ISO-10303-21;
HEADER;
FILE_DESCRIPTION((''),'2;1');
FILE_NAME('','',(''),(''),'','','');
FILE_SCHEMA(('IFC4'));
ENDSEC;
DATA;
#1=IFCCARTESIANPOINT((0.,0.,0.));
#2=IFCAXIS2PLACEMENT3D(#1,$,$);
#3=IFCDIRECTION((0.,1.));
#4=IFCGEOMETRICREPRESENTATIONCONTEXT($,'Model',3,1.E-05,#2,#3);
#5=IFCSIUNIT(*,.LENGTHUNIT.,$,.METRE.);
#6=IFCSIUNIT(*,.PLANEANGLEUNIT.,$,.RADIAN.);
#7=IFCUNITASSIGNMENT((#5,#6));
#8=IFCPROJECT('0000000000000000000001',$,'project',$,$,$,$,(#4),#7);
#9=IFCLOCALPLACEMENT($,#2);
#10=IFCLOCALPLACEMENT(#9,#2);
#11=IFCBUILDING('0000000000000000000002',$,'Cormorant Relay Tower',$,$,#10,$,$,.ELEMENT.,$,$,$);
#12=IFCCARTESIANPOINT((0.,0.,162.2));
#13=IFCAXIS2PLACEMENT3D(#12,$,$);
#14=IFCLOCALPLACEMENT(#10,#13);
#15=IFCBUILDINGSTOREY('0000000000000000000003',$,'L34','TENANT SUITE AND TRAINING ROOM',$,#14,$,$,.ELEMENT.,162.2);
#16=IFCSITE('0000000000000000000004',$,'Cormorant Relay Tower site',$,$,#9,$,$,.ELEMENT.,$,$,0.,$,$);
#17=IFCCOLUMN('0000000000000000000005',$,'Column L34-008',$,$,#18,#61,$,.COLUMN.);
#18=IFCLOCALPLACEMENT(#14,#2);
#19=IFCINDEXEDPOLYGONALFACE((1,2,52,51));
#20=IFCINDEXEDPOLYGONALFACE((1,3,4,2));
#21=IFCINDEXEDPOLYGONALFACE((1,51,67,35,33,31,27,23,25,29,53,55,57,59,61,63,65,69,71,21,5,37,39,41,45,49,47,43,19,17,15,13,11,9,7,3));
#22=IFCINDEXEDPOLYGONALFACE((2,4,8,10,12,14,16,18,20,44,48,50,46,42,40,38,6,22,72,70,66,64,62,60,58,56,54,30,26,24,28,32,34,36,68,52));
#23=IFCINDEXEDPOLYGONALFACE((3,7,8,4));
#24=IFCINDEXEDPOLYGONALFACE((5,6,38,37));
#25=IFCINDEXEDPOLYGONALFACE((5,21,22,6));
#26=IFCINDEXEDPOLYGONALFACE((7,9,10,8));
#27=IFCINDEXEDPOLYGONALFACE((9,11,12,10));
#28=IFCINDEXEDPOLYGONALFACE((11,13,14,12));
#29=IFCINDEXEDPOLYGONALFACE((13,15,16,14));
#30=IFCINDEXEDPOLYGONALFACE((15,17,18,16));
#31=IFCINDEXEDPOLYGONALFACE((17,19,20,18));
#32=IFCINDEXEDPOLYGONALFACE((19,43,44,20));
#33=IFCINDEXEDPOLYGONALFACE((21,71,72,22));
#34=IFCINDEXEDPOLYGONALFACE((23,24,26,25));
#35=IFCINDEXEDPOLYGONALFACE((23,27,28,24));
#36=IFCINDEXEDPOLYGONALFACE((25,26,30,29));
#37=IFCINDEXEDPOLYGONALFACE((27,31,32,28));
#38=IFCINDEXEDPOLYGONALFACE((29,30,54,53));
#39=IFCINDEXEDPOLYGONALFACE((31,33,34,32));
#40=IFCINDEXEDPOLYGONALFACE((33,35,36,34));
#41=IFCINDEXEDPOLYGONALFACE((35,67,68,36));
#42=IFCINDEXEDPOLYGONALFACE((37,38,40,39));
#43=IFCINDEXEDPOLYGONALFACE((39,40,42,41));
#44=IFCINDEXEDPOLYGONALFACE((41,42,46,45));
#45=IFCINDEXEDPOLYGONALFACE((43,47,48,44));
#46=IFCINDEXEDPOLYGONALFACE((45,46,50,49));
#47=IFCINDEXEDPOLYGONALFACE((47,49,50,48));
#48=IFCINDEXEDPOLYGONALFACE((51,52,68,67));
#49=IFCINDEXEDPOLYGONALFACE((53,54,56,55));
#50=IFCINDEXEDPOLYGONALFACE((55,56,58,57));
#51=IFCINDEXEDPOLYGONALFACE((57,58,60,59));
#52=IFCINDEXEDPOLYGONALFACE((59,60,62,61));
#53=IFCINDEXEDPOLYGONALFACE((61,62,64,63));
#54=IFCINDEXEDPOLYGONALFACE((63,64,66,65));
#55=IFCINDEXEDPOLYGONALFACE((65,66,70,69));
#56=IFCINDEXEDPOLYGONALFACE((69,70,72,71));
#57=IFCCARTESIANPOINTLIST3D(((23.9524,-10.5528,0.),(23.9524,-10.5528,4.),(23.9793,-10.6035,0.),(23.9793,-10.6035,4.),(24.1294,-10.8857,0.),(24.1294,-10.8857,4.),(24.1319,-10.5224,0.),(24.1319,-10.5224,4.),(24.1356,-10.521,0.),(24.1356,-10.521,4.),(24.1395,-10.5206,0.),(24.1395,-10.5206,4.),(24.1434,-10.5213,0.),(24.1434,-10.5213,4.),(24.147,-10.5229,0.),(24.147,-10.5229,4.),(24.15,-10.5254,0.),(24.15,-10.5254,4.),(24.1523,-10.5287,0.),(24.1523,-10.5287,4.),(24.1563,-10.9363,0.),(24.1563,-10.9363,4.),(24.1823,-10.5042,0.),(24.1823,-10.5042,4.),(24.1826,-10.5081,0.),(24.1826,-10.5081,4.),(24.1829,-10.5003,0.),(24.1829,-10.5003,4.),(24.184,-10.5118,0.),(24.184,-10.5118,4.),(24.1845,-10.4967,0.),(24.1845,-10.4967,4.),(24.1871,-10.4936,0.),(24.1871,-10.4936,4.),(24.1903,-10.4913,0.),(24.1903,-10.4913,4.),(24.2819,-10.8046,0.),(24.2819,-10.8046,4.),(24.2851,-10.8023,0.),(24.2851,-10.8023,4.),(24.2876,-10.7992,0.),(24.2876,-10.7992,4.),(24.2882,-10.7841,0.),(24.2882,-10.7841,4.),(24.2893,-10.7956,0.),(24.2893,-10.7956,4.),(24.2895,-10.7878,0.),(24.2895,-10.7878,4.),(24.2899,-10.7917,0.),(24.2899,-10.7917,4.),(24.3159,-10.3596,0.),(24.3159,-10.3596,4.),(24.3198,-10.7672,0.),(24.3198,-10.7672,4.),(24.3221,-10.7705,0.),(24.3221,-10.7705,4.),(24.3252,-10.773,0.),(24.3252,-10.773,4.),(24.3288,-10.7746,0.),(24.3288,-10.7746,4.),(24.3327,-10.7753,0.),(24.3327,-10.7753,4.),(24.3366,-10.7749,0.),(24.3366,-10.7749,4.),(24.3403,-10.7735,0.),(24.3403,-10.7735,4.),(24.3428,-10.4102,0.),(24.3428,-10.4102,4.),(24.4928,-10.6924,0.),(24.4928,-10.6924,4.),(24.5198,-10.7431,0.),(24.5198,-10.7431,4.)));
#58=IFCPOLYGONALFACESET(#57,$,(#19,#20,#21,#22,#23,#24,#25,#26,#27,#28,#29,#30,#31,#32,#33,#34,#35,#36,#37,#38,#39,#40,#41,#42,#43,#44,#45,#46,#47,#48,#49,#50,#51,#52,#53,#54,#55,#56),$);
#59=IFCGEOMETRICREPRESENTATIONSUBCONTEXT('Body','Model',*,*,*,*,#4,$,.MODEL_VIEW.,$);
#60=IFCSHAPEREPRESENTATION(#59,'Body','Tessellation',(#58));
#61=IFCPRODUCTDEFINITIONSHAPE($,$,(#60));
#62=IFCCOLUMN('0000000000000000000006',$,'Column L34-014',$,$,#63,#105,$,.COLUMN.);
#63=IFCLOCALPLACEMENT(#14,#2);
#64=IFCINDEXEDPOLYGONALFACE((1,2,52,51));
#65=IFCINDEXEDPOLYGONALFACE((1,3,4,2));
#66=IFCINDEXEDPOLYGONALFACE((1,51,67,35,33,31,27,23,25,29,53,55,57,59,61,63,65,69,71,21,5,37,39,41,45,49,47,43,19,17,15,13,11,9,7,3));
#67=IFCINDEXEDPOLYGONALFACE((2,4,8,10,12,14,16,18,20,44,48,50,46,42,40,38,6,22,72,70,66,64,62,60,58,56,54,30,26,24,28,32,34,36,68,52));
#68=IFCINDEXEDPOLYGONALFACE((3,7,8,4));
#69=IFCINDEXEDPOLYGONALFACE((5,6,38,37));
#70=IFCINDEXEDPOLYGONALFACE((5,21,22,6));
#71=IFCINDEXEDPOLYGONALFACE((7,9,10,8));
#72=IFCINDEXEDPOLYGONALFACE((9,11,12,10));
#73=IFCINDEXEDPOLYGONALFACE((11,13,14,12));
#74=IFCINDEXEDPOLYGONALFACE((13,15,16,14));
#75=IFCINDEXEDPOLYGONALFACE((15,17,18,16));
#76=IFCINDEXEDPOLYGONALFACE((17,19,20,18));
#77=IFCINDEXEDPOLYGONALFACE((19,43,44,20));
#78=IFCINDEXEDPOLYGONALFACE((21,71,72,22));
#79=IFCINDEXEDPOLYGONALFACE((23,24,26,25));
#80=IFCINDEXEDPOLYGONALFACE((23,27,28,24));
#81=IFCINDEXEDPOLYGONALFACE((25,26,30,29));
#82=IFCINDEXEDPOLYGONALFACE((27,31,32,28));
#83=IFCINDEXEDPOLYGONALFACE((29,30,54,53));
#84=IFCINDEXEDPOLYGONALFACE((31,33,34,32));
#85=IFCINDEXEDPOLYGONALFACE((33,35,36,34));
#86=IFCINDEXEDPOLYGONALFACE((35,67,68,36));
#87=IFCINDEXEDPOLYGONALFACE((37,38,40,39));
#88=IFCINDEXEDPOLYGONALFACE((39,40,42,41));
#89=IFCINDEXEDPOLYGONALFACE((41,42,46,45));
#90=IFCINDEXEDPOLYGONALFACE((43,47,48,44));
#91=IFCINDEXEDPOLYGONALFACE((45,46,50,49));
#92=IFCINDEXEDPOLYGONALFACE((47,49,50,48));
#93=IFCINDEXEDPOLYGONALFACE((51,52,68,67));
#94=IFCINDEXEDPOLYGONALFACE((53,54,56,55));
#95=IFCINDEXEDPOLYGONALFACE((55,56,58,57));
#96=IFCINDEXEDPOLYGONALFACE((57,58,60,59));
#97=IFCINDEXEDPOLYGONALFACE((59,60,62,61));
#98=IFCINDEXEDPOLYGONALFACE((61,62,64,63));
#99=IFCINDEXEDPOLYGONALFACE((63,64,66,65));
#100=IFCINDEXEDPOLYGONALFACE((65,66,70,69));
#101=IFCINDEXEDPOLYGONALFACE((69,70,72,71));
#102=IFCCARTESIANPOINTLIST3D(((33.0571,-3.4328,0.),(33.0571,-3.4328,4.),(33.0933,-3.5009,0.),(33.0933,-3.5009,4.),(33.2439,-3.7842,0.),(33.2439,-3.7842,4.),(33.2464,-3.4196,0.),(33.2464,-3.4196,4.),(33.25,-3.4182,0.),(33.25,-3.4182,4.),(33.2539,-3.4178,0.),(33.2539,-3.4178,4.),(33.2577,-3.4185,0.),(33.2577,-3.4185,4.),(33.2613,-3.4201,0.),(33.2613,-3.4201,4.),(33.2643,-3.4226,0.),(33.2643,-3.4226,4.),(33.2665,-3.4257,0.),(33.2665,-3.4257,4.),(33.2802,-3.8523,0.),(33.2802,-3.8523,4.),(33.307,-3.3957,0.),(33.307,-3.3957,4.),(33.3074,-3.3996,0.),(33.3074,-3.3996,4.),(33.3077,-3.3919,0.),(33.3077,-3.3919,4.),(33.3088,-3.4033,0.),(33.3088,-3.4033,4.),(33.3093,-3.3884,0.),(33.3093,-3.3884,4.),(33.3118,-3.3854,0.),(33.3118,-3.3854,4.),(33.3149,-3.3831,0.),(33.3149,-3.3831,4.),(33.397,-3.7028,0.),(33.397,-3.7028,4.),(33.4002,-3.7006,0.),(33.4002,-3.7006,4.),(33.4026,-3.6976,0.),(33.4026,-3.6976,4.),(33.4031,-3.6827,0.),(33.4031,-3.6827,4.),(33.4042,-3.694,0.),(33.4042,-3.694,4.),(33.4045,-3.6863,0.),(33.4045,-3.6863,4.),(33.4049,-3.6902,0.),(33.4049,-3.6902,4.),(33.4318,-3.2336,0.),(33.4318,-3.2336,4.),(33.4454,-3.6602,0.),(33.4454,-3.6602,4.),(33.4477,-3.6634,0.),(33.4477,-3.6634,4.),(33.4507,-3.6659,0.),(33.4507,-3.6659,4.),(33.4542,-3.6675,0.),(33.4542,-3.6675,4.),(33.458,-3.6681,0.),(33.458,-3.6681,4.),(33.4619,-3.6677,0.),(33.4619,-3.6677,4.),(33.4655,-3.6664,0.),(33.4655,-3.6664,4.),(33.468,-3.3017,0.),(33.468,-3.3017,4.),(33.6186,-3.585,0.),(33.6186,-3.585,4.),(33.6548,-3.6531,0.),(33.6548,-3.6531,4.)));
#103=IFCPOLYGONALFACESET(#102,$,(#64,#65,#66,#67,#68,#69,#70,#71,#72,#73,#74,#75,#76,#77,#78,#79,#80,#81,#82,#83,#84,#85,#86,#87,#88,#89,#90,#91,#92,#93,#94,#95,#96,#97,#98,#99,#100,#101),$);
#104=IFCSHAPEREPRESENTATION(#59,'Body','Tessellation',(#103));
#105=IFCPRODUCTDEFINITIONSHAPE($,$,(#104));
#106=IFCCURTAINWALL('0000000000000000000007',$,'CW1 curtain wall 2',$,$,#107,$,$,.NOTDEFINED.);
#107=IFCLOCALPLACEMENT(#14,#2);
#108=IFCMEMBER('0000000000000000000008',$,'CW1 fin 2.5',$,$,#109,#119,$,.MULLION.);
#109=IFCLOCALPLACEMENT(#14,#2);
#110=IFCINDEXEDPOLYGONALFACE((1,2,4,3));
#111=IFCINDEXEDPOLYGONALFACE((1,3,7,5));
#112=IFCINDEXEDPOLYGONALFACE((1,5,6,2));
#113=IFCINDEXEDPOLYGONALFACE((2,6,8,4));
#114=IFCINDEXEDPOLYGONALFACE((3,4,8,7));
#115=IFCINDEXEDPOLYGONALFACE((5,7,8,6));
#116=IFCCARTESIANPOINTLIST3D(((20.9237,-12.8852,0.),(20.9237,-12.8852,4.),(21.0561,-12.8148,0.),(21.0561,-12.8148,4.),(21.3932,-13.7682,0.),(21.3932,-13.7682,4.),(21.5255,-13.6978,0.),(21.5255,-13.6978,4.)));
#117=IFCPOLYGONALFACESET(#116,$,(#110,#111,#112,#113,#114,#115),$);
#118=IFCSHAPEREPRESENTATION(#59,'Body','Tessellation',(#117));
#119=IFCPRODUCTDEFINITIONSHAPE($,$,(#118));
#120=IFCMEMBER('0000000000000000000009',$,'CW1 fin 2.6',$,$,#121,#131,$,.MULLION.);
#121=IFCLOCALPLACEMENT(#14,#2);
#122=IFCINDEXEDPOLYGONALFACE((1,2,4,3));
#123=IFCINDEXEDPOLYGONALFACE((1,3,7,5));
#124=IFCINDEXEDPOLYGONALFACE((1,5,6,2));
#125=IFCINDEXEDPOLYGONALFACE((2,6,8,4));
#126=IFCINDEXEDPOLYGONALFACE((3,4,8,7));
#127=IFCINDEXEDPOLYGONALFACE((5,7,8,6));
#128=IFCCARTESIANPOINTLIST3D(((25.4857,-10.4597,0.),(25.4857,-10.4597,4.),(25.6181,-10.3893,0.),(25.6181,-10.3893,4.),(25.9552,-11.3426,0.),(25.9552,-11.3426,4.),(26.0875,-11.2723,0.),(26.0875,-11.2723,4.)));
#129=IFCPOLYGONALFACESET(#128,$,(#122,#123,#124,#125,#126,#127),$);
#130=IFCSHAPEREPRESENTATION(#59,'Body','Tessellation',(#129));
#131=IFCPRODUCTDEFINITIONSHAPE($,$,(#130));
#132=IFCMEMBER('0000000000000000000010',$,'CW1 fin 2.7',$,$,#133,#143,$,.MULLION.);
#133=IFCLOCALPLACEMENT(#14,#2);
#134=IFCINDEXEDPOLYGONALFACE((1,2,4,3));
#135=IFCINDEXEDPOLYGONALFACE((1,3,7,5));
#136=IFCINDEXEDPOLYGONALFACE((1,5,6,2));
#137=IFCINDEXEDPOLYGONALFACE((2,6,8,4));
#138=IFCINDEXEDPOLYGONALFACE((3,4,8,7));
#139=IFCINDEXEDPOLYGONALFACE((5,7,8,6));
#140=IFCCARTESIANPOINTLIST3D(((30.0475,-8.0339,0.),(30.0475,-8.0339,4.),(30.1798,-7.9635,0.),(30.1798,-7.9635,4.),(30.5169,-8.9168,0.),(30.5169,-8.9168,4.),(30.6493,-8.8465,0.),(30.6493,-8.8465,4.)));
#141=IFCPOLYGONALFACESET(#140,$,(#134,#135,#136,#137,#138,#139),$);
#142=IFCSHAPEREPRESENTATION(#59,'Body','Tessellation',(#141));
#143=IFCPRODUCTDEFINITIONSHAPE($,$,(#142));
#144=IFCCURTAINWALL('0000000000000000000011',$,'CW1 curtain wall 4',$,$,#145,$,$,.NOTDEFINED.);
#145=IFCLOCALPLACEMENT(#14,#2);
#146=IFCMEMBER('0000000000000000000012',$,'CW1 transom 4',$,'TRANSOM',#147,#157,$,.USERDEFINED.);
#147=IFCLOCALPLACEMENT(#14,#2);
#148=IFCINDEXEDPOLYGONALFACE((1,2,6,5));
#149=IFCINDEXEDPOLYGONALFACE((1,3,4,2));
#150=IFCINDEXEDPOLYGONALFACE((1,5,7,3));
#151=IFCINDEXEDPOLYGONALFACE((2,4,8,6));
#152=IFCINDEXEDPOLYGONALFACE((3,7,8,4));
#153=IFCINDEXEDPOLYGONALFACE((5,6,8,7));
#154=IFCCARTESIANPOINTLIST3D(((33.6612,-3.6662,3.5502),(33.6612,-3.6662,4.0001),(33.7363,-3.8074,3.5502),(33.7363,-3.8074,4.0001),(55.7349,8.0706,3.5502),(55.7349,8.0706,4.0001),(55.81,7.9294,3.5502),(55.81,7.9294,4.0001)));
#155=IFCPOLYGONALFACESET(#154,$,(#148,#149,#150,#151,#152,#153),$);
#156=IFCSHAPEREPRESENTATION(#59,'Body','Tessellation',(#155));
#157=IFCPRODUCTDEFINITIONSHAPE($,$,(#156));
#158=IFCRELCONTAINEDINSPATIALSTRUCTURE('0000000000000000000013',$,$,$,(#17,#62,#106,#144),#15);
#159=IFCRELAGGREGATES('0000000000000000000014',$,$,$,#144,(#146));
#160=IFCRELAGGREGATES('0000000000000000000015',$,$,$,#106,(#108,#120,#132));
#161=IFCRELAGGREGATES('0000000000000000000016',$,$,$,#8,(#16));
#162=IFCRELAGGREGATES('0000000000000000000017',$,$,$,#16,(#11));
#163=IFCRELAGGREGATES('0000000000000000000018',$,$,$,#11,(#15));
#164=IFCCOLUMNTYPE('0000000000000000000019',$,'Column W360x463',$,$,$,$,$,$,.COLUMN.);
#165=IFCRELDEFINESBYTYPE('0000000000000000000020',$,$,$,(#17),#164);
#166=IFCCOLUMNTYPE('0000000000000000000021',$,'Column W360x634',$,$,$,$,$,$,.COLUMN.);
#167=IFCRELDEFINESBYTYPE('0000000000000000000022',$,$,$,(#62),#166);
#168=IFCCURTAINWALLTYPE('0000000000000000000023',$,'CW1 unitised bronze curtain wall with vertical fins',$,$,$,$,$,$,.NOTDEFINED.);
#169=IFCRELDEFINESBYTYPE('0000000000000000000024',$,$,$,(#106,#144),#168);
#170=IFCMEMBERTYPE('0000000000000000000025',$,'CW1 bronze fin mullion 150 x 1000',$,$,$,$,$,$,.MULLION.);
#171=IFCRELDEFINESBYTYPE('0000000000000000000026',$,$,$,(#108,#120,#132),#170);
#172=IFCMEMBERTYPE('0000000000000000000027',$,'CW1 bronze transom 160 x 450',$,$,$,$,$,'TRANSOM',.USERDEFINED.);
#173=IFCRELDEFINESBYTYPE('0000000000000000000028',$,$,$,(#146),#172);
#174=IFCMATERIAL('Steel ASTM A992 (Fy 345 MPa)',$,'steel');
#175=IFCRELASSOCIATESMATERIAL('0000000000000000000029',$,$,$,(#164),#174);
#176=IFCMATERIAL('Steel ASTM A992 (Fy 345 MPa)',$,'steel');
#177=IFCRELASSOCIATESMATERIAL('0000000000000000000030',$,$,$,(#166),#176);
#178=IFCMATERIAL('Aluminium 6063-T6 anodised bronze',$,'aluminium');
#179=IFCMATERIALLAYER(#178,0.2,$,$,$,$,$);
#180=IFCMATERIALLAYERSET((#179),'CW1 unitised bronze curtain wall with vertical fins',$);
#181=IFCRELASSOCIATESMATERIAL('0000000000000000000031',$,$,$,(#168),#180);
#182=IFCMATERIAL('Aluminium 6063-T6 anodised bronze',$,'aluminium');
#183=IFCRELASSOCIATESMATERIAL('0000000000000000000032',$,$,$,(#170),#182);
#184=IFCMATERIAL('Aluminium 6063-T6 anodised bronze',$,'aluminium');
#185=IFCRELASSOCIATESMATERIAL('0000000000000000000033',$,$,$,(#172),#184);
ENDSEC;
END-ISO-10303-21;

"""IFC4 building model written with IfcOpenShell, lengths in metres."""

from ifc_helpers import new_model, si_unit, direction, frame, origin, origin_2d, place, context, subcontext, project, spatial, rectangle, i_section, extrude, material, layer, layer_set, material_profile, profile_set, type_object, element, aggregate, save


model = new_model("IFC4")

# Units and contexts
model_context = context("Model", 3, precision=1e-05, world=origin(), true_north=direction((0.0, 1.0)))
body_context = subcontext(model_context, "Body", "Model", "MODEL_VIEW")
ifc_project = project(units=[si_unit("LENGTHUNIT", "METRE"), si_unit("PLANEANGLEUNIT", "RADIAN")], contexts=[model_context])

# Site, building, storey
site_placement = place(None, origin())
site = spatial("IfcSite", under=ifc_project, at=site_placement, Name="Cormorant Relay Tower site", CompositionType="ELEMENT", RefElevation=0.0)
building_placement = place(site_placement, origin())
building = spatial("IfcBuilding", under=site, at=building_placement, Name="Cormorant Relay Tower", CompositionType="ELEMENT")
storey_placement = place(building_placement, frame((0.0, 0.0, 162.2)))
storey = spatial("IfcBuildingStorey", under=building, at=storey_placement, Name="L34", Description="TENANT SUITE AND TRAINING ROOM", CompositionType="ELEMENT", Elevation=162.2)

# Columns
ifc_material_1 = material(Name="Steel ASTM A992 (Fy 345 MPa)", Category="steel")
ifc_material_profile_1 = material_profile(ifc_material_1, i_section(OverallWidth=0.4116, OverallDepth=0.4343, WebThickness=0.0359, FlangeThickness=0.0574, FilletRadius=0.0151, at=origin_2d()), Name="W360x463")
ifc_profile_set_1 = profile_set([ifc_material_profile_1], Name="Steel ASTM A992 (Fy 345 MPa)")
column_type_1 = type_object("IfcColumnType", Name="Column W360x463", PredefinedType="COLUMN", material=ifc_profile_set_1)
column_1_placement = place(storey_placement, frame((24.2361, -10.6479, 0.0), z_axis=(0.0, 0.0, 1.0), x_axis=(0.882948, 0.469472, 0.0)))
element("IfcColumn", 1, at=column_1_placement, inside=storey, type_object=column_type_1, Name="Column L34-008", PredefinedType="COLUMN", context=body_context, shape_type="SweptSolid", body=[
    extrude(i_section(OverallWidth=0.4116, OverallDepth=0.4343, WebThickness=0.0359, FlangeThickness=0.0574, FilletRadius=0.0151, at=origin_2d()), origin(), (0.0, 0.0, 1.0), 4.0),
])
ifc_material_2 = material(Name="Steel ASTM A992 (Fy 345 MPa)", Category="steel")
ifc_material_profile_2 = material_profile(ifc_material_2, i_section(OverallWidth=0.4243, OverallDepth=0.4751, WebThickness=0.0479, FlangeThickness=0.0771, FilletRadius=0.0149, at=origin_2d()), Name="W360x634")
ifc_profile_set_2 = profile_set([ifc_material_profile_2], Name="Steel ASTM A992 (Fy 345 MPa)")
column_type_2 = type_object("IfcColumnType", Name="Column W360x634", PredefinedType="COLUMN", material=ifc_profile_set_2)
column_2_placement = place(storey_placement, frame((33.356, -3.543, 0.0), z_axis=(0.0, 0.0, 1.0), x_axis=(0.882948, 0.469472, 0.0)))
element("IfcColumn", 2, at=column_2_placement, inside=storey, type_object=column_type_2, Name="Column L34-014", PredefinedType="COLUMN", context=body_context, shape_type="SweptSolid", body=[
    extrude(i_section(OverallWidth=0.4243, OverallDepth=0.4751, WebThickness=0.0479, FlangeThickness=0.0771, FilletRadius=0.0149, at=origin_2d()), origin(), (0.0, 0.0, 1.0), 4.0),
])

# Curtain wall, members
ifc_material_3 = material(Name="Aluminium 6063-T6 anodised bronze", Category="aluminium")
ifc_layer_1 = layer(ifc_material_3, 0.2)
ifc_layer_set_1 = layer_set([ifc_layer_1], Name="CW1 unitised bronze curtain wall with vertical fins")
curtain_wall_type = type_object("IfcCurtainWallType", Name="CW1 unitised bronze curtain wall with vertical fins", PredefinedType="NOTDEFINED", material=ifc_layer_set_1)
curtain_wall_1_placement = place(storey_placement, origin())
curtain_wall_1 = element("IfcCurtainWall", 3, at=curtain_wall_1_placement, inside=storey, type_object=curtain_wall_type, Name="CW1 curtain wall 2", PredefinedType="NOTDEFINED")
ifc_material_4 = material(Name="Aluminium 6063-T6 anodised bronze", Category="aluminium")
ifc_material_profile_3 = material_profile(ifc_material_4, rectangle(XDim=0.1499, YDim=1.0, at=origin_2d()), Name="AL 150x1000")
ifc_profile_set_3 = profile_set([ifc_material_profile_3], Name="Aluminium 6063-T6 anodised bronze")
member_type_1 = type_object("IfcMemberType", Name="CW1 bronze fin mullion 150 x 1000", PredefinedType="MULLION", material=ifc_profile_set_3)
member_1_placement = place(storey_placement, frame((21.2246, -13.2915, 0.0), z_axis=(0.0, 0.0, 1.0), x_axis=(0.882948, 0.469472, 0.0)))
member_1 = element("IfcMember", 4, at=member_1_placement, type_object=member_type_1, Name="CW1 fin 2.5", PredefinedType="MULLION", context=body_context, shape_type="SweptSolid", body=[
    extrude(rectangle(XDim=0.1499, YDim=1.0, at=origin_2d()), origin(), (0.0, 0.0, 1.0), 4.0),
])
member_2_placement = place(storey_placement, frame((25.7866, -10.866, 0.0), z_axis=(0.0, 0.0, 1.0), x_axis=(0.882948, 0.469472, 0.0)))
member_2 = element("IfcMember", 5, at=member_2_placement, type_object=member_type_1, Name="CW1 fin 2.6", PredefinedType="MULLION", context=body_context, shape_type="SweptSolid", body=[
    extrude(rectangle(XDim=0.1499, YDim=1.0, at=origin_2d()), origin(), (0.0, 0.0, 1.0), 4.0),
])
member_3_placement = place(storey_placement, frame((30.3484, -8.4402, 0.0), z_axis=(0.0, 0.0, 1.0), x_axis=(0.882948, 0.469472, 0.0)))
member_3 = element("IfcMember", 6, at=member_3_placement, type_object=member_type_1, Name="CW1 fin 2.7", PredefinedType="MULLION", context=body_context, shape_type="SweptSolid", body=[
    extrude(rectangle(XDim=0.1499, YDim=1.0, at=origin_2d()), origin(), (0.0, 0.0, 1.0), 4.0),
])

# Curtain wall, member
curtain_wall_2_placement = place(storey_placement, origin())
curtain_wall_2 = element("IfcCurtainWall", 7, at=curtain_wall_2_placement, inside=storey, type_object=curtain_wall_type, Name="CW1 curtain wall 4", PredefinedType="NOTDEFINED")
ifc_material_5 = material(Name="Aluminium 6063-T6 anodised bronze", Category="aluminium")
ifc_material_profile_4 = material_profile(ifc_material_5, rectangle(XDim=0.1599, YDim=0.45, at=origin_2d()), Name="AL 160x450")
ifc_profile_set_4 = profile_set([ifc_material_profile_4], Name="Aluminium 6063-T6 anodised bronze")
member_type_2 = type_object("IfcMemberType", Name="CW1 bronze transom 160 x 450", ElementType="TRANSOM", PredefinedType="USERDEFINED", material=ifc_profile_set_4)
member_4_placement = place(storey_placement, frame((33.6987, -3.7368, 3.7751), z_axis=(0.882947, 0.469472, 0.0), x_axis=(-0.469472, 0.882947, 0.0)))
member_4 = element("IfcMember", 8, at=member_4_placement, type_object=member_type_2, Name="CW1 transom 4", ObjectType="TRANSOM", PredefinedType="USERDEFINED", context=body_context, shape_type="SweptSolid", body=[
    extrude(rectangle(XDim=0.1599, YDim=0.45, at=origin_2d()), origin(), (0.0, 0.0, 1.0), 25.0),
])
aggregate(curtain_wall_2, [member_4])

aggregate(curtain_wall_1, [member_1, member_2, member_3])

save(model, "model.ifc")
